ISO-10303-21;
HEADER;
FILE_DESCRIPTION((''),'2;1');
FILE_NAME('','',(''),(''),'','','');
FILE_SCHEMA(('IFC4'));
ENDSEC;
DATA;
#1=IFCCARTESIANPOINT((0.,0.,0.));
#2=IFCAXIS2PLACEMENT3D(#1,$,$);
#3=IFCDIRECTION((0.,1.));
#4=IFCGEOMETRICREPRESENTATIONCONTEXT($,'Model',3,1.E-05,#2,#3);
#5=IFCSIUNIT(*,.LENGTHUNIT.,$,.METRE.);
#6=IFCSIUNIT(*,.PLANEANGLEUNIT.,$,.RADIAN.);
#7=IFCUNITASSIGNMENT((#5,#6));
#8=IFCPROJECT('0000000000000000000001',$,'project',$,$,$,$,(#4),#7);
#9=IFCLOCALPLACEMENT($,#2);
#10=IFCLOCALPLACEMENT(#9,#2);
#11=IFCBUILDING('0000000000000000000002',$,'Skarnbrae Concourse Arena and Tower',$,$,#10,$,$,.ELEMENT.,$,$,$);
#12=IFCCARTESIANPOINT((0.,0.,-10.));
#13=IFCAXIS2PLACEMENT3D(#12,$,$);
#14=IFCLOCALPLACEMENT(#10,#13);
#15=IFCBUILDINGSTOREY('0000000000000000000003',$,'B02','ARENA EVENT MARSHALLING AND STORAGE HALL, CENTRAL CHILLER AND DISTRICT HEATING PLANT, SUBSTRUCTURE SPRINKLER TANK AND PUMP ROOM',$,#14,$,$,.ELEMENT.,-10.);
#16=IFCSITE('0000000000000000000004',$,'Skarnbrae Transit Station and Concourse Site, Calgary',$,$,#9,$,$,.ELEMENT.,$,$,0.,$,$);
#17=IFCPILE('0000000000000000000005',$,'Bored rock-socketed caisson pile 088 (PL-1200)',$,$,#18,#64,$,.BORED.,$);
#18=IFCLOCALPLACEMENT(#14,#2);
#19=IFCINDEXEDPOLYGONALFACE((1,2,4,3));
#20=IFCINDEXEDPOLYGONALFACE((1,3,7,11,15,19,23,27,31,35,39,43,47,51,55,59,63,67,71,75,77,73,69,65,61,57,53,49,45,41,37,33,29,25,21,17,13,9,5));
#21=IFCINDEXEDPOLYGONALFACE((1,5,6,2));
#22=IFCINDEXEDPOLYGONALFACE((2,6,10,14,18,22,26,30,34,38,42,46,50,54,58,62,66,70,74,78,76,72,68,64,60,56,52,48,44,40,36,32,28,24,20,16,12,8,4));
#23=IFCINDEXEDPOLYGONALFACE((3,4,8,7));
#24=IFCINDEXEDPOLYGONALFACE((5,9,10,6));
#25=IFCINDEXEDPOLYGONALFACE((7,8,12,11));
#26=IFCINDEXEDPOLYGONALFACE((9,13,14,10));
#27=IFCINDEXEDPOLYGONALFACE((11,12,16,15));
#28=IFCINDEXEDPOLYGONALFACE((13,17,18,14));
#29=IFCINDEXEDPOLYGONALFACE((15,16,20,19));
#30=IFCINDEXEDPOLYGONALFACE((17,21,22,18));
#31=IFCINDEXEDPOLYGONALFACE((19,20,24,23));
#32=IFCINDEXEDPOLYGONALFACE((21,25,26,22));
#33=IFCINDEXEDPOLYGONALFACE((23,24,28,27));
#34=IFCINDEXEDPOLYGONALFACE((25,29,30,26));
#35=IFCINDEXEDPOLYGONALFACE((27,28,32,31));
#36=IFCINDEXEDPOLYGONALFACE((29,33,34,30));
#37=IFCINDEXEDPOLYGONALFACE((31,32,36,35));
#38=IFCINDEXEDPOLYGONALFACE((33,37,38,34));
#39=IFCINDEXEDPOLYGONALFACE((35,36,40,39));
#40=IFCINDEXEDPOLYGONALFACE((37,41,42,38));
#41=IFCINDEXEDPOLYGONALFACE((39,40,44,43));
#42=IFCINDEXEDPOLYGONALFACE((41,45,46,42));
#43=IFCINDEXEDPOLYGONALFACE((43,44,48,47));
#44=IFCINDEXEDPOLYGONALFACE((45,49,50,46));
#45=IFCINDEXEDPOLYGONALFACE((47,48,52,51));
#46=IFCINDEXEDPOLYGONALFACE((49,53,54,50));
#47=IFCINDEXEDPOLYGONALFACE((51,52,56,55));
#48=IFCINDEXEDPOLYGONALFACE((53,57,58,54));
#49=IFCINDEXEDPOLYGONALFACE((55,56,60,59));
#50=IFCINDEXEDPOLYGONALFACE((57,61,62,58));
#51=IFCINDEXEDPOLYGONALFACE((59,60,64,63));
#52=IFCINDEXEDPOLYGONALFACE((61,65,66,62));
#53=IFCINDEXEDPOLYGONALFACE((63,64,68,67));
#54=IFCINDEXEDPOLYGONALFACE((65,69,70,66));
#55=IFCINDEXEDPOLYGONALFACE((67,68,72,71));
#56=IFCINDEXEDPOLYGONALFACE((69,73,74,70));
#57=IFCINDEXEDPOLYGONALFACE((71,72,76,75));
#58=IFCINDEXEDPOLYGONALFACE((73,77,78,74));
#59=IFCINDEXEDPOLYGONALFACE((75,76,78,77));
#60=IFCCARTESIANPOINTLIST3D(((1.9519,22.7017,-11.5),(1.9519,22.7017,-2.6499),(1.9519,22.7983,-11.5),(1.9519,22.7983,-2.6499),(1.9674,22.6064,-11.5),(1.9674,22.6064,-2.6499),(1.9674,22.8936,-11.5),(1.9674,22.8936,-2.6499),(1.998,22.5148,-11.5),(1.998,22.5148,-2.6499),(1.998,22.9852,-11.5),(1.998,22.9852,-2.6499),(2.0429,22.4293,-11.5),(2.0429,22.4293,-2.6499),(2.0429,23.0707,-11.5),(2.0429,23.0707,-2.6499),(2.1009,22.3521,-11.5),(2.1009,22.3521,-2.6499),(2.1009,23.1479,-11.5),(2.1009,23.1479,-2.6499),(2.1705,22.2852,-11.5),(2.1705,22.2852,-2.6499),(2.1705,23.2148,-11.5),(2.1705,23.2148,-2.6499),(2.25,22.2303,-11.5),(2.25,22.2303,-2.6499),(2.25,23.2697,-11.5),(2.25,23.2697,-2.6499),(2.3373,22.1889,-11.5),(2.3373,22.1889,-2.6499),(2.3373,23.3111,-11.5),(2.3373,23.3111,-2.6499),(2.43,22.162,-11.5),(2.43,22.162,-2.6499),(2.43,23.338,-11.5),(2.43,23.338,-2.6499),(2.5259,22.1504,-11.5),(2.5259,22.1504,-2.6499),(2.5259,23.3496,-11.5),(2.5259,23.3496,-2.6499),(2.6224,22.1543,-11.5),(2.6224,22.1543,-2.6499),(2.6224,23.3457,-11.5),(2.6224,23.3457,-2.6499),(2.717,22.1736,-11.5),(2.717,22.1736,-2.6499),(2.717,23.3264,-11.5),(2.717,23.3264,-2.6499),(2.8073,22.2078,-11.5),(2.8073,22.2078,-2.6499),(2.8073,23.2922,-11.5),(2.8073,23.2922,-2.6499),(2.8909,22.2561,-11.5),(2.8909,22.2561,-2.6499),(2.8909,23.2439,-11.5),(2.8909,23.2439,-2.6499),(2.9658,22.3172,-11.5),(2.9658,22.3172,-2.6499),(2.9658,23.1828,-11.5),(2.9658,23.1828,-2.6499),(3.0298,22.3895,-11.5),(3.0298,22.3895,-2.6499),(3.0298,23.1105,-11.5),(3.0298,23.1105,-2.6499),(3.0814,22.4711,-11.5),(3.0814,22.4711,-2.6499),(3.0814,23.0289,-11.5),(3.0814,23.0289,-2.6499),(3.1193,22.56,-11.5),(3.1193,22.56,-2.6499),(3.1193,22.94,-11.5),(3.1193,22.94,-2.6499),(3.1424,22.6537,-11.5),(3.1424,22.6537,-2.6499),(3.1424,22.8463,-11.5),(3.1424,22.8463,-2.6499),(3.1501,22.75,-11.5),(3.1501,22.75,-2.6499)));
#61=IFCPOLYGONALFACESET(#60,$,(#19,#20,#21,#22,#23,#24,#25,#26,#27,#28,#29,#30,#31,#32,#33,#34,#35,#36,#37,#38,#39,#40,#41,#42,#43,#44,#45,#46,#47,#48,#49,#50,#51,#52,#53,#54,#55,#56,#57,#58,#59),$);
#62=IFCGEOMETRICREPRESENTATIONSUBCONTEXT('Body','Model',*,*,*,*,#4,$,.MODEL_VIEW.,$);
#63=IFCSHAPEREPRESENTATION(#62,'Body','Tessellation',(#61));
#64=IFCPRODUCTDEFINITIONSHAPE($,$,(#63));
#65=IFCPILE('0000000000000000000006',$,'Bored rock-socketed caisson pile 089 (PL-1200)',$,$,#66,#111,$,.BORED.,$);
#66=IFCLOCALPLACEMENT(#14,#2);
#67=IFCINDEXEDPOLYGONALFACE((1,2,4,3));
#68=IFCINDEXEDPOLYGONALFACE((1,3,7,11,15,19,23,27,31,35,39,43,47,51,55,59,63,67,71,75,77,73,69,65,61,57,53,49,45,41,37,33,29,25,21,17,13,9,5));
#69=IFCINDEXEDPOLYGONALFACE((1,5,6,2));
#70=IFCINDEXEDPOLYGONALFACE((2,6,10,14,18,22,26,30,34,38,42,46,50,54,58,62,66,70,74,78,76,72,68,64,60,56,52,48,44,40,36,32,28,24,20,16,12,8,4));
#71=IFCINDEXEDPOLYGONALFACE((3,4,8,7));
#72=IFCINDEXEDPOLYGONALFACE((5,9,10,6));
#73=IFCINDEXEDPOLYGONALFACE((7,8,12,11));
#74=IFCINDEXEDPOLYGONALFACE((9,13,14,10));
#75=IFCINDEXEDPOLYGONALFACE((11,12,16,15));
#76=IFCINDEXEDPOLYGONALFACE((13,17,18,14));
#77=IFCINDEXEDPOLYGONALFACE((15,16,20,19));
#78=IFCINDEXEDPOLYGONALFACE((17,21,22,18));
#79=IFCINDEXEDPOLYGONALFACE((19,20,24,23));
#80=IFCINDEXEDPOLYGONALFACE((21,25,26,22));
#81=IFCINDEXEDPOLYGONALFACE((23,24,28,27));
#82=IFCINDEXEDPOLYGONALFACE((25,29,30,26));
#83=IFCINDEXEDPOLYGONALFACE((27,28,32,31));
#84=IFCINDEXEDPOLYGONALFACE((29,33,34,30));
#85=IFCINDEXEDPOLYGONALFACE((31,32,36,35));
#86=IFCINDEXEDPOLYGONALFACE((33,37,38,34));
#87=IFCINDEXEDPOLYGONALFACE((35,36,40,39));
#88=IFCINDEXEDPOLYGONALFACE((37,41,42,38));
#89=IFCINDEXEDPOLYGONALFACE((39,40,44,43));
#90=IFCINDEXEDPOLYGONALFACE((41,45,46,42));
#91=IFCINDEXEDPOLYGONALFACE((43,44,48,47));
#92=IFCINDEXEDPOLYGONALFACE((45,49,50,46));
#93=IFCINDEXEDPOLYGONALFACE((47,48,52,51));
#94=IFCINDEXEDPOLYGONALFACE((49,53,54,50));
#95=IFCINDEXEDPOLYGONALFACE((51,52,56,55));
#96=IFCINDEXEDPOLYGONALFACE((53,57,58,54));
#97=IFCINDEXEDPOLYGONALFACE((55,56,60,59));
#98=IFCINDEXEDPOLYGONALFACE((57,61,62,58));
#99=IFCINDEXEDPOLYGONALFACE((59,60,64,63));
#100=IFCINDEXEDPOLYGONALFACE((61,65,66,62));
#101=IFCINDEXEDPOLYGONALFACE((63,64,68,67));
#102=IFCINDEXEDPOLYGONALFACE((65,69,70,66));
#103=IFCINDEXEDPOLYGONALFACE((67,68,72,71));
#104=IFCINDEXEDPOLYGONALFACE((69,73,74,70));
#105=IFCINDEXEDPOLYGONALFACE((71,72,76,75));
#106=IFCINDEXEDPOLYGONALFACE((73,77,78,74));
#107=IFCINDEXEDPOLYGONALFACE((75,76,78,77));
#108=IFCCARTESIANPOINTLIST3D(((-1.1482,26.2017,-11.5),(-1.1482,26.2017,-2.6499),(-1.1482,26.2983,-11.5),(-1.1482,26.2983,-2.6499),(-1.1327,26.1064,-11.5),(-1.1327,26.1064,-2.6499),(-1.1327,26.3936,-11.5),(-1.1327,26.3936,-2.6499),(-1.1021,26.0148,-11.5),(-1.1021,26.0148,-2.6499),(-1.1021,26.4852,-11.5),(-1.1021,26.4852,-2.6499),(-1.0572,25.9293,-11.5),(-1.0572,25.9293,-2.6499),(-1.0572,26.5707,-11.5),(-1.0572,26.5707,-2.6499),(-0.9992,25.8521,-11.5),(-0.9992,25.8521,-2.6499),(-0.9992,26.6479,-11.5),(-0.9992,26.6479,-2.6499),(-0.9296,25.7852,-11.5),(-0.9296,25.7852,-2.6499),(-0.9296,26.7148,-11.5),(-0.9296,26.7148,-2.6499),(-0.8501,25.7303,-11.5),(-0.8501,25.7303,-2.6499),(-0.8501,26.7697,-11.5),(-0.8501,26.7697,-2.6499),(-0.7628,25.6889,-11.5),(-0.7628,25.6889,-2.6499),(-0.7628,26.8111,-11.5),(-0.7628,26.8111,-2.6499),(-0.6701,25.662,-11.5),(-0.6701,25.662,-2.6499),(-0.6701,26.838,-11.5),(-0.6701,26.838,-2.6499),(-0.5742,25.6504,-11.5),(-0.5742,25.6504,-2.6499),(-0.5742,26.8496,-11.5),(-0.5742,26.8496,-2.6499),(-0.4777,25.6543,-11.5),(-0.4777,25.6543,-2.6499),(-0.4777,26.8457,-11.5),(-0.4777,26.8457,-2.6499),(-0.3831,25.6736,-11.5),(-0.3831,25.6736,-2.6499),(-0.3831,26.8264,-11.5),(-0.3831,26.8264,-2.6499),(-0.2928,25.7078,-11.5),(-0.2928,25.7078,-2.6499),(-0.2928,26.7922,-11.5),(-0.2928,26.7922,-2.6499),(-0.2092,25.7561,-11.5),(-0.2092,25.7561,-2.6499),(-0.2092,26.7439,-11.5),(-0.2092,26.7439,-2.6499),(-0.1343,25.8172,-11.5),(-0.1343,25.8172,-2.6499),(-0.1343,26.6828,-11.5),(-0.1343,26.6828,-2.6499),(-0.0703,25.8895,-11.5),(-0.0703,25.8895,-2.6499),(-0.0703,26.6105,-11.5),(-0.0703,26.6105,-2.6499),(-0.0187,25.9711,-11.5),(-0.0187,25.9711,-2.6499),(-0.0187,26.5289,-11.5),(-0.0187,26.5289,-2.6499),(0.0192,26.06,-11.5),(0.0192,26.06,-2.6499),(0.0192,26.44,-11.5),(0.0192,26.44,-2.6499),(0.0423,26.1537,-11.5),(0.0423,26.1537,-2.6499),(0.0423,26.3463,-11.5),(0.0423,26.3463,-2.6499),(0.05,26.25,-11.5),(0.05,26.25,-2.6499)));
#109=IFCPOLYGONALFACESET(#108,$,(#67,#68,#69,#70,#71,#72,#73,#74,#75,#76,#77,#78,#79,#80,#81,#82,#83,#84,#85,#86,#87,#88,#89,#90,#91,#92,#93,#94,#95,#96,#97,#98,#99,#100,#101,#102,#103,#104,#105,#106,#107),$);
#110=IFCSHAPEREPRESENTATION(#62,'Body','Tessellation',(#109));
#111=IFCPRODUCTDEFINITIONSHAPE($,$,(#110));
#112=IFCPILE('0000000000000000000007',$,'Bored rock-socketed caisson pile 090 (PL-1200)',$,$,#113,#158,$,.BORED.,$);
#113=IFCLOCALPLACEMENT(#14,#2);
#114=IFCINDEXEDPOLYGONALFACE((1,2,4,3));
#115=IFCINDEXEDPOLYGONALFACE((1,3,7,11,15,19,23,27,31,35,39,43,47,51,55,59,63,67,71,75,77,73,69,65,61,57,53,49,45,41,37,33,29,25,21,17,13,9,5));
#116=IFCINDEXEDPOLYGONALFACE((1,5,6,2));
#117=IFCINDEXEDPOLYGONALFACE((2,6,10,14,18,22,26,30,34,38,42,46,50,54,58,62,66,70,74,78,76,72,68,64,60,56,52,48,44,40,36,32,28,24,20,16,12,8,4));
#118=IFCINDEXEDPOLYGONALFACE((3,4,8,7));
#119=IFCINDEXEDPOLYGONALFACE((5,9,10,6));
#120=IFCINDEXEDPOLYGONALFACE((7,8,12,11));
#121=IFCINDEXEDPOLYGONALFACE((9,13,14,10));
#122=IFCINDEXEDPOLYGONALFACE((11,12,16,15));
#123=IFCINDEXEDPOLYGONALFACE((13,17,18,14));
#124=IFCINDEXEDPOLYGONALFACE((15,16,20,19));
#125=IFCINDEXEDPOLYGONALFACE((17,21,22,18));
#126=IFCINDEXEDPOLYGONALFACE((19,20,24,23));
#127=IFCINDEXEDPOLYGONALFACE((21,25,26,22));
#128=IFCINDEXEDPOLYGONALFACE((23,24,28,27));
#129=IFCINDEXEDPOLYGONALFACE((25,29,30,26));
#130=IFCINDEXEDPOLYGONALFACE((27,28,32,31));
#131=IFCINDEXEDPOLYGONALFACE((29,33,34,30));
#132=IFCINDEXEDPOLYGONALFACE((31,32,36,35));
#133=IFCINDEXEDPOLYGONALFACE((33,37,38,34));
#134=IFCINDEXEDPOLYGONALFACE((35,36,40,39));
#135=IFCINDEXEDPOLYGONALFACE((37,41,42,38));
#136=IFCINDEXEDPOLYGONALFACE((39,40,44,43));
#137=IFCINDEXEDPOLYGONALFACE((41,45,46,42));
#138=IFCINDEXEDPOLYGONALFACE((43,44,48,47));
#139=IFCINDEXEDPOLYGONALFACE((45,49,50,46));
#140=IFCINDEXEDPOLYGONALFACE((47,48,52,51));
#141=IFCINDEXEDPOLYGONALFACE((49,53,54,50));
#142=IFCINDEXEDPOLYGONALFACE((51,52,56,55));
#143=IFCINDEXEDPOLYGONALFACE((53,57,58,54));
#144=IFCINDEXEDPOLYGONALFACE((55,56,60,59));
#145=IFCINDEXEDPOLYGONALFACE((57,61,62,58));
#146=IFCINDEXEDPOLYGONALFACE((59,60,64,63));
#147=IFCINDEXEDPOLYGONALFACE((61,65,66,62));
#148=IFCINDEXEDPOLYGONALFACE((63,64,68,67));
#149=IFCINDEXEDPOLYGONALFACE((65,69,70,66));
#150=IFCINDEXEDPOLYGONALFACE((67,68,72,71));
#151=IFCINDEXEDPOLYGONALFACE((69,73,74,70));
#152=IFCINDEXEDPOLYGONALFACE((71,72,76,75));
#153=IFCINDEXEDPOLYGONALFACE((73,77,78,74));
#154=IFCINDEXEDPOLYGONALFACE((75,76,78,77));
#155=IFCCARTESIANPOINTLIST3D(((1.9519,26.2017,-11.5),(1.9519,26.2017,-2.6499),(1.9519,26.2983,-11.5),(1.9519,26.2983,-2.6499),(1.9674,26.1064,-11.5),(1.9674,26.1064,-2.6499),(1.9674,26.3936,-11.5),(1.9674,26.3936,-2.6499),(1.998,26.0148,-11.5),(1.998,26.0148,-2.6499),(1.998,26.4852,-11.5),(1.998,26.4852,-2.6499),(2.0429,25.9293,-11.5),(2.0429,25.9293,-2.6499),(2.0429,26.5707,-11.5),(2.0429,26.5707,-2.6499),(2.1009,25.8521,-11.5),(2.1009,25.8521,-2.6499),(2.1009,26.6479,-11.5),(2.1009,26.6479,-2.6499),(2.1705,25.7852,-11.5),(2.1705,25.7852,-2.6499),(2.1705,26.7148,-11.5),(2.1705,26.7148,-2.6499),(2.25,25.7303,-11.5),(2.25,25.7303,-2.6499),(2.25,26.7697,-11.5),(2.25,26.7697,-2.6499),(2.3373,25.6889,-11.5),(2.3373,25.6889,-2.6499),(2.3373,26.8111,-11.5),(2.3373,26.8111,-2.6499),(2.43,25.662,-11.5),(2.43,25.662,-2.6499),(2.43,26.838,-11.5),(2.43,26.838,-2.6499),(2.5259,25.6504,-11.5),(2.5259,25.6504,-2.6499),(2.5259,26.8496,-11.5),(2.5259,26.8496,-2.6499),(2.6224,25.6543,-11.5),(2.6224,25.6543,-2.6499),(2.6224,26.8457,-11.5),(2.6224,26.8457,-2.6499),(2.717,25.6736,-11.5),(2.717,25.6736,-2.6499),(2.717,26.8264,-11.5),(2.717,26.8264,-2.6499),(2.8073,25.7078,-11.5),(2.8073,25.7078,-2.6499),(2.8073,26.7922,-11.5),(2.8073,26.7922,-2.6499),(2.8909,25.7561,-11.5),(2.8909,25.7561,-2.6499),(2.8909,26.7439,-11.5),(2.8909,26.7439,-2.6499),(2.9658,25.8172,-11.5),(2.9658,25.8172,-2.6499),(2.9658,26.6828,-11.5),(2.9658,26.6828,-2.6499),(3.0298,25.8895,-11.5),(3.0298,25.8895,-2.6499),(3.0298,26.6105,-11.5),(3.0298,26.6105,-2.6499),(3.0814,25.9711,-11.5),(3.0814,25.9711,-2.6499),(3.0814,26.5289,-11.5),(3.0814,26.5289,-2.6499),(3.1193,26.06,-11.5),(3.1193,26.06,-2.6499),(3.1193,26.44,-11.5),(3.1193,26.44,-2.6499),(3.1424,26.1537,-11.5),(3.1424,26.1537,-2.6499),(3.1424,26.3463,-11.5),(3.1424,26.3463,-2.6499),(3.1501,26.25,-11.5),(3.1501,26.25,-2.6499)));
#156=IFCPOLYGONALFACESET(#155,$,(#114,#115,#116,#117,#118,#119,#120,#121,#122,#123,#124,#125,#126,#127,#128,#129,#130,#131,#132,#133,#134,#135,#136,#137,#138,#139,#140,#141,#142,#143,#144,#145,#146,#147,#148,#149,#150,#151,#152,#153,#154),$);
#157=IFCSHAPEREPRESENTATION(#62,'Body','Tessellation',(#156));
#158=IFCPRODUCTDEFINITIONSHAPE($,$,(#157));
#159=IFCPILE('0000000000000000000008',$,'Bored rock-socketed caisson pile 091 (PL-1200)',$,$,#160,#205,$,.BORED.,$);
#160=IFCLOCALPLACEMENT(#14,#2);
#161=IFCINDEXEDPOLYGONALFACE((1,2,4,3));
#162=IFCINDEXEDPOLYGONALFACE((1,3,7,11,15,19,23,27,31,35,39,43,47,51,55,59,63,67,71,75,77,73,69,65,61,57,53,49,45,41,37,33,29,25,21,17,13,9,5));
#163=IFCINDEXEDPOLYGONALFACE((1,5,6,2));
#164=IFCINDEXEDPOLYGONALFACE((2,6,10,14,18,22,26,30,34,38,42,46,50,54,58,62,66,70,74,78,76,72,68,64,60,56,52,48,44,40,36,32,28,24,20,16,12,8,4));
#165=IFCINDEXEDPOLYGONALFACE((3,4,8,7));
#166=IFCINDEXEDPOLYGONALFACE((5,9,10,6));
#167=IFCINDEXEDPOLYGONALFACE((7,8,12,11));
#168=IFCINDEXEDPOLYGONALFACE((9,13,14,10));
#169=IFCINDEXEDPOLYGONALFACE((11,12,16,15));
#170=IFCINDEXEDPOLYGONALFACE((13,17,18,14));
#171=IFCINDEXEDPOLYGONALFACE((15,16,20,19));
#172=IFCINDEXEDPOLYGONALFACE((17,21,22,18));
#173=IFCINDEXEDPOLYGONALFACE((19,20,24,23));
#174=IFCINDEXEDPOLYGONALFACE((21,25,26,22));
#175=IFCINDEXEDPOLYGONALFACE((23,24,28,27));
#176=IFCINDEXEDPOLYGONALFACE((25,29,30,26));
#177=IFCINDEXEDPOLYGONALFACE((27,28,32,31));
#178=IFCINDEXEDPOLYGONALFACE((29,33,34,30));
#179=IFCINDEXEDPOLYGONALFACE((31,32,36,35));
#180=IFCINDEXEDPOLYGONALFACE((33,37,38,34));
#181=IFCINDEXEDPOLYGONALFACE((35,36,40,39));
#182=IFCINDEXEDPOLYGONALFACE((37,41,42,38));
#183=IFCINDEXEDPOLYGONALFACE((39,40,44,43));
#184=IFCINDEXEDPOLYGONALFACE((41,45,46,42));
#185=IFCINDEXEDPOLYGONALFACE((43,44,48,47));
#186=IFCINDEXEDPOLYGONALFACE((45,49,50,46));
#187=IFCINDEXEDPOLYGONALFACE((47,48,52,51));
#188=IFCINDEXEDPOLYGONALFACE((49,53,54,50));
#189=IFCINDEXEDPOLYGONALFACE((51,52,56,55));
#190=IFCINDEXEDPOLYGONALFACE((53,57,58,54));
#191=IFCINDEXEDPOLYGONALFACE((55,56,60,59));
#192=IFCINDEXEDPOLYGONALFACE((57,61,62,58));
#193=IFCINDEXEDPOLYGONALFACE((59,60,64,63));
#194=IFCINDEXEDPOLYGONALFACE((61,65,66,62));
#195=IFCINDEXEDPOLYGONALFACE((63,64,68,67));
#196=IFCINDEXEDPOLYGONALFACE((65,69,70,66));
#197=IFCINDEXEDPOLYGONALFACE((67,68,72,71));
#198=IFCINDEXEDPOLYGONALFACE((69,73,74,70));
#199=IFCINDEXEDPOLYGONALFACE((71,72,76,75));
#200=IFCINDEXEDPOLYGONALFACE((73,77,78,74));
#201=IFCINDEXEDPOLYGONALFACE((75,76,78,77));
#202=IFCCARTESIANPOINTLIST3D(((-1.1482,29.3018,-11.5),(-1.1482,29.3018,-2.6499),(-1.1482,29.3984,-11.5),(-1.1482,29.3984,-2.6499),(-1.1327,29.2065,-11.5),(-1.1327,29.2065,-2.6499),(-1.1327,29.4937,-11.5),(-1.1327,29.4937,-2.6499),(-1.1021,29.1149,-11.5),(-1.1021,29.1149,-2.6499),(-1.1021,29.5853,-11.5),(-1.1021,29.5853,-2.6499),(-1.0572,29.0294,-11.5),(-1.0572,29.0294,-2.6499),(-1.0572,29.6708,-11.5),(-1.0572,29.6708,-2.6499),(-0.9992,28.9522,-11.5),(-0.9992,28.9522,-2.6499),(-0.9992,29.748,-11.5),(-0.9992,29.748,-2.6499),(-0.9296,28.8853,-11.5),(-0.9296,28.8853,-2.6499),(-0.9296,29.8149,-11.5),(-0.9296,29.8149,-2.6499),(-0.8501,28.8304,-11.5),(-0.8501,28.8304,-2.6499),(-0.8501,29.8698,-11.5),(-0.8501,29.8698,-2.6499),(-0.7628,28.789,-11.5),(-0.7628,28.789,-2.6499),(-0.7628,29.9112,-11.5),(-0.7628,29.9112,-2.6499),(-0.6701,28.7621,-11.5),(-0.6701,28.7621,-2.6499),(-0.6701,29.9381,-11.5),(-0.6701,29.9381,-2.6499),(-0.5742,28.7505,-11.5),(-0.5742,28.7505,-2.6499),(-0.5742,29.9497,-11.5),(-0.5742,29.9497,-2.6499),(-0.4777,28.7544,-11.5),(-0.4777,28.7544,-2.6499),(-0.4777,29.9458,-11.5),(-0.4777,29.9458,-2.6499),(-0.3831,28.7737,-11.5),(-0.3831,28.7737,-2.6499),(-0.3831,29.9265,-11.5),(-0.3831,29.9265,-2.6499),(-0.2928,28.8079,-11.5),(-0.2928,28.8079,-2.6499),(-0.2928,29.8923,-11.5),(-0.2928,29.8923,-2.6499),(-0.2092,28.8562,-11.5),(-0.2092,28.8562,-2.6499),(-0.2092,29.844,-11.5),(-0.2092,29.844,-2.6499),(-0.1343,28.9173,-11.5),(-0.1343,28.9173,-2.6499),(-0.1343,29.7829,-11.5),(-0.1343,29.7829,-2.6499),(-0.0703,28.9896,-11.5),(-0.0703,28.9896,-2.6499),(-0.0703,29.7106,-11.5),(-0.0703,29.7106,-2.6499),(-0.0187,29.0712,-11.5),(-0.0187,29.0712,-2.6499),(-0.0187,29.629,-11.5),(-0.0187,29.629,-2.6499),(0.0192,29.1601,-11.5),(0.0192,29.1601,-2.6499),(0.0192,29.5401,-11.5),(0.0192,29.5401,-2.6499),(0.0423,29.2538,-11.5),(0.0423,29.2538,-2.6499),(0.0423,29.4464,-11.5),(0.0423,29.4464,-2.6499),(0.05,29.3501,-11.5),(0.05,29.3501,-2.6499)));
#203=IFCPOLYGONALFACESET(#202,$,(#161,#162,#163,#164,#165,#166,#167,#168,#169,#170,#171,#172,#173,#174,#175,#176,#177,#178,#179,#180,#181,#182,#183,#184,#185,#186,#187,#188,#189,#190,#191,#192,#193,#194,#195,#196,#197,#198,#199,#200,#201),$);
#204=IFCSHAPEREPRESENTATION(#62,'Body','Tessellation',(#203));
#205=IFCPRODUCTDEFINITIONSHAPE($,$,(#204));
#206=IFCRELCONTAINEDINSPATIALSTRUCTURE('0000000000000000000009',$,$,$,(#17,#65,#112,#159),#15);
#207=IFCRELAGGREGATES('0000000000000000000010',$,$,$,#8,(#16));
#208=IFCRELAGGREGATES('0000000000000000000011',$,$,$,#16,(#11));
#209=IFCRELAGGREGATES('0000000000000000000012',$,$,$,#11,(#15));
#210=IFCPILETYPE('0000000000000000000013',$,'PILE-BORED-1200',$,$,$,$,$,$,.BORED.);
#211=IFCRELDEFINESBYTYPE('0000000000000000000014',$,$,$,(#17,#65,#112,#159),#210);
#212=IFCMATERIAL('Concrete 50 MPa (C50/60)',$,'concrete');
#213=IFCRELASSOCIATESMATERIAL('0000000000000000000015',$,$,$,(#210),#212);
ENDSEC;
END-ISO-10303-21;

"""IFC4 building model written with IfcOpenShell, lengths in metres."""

from ifc_helpers import new_model, si_unit, direction, frame, origin, origin_2d, place, context, subcontext, project, spatial, circle, extrude, source, transform, mapped, material, material_profile, profile_set, type_object, element, save


model = new_model("IFC4")

# Units and contexts
model_context = context("Model", 3, precision=1e-05, world=origin(), true_north=direction((0.0, 1.0)))
body_context = subcontext(model_context, "Body", "Model", "MODEL_VIEW")
ifc_project = project(units=[si_unit("LENGTHUNIT", "METRE"), si_unit("PLANEANGLEUNIT", "RADIAN")], contexts=[model_context])

# Site, building, storey
site_placement = place(None, origin())
site = spatial("IfcSite", under=ifc_project, at=site_placement, Name="Skarnbrae Transit Station and Concourse Site, Calgary", CompositionType="ELEMENT", RefElevation=0.0)
building_placement = place(site_placement, origin())
building = spatial("IfcBuilding", under=site, at=building_placement, Name="Skarnbrae Concourse Arena and Tower", CompositionType="ELEMENT")
storey_placement = place(building_placement, frame((0.0, 0.0, -10.0)))
storey = spatial("IfcBuildingStorey", under=building, at=storey_placement, Name="B02", Description="ARENA EVENT MARSHALLING AND STORAGE HALL, CENTRAL CHILLER AND DISTRICT HEATING PLANT, SUBSTRUCTURE SPRINKLER TANK AND PUMP ROOM", CompositionType="ELEMENT", Elevation=-10.0)

# Shared definitions
ifc_material_1 = material(Name="Concrete 50 MPa (C50/60)", Category="concrete")

# Piles
ifc_material_profile_1 = material_profile(ifc_material_1, circle(Radius=0.6001, at=origin_2d()), Name="CAISSON-1200")
ifc_profile_set_1 = profile_set([ifc_material_profile_1], Name="Concrete 50 MPa (C50/60)")
pile_type = type_object("IfcPileType", Name="PILE-BORED-1200", PredefinedType="BORED", material=ifc_profile_set_1)
shared_shape_1 = source(origin(), body_context, "Body", "SweptSolid", [
    extrude(circle(Radius=0.6001, at=origin_2d()), origin(), (0.0, 0.0, 1.0), 8.8501),
])
for number, where, z_axis, x_axis, name in (
    (1, (2.55, 22.75, -2.6499), (0.0, 0.0, -1.0), (1.0, 0.0, 0.0), "Bored rock-socketed caisson pile 088 (PL-1200)"),
    (2, (-0.55, 26.25, -2.6499), (0.0, 0.0, -1.0), (1.0, 0.0, 0.0), "Bored rock-socketed caisson pile 089 (PL-1200)"),
    (3, (2.55, 26.25, -2.6499), (0.0, 0.0, -1.0), (1.0, 0.0, 0.0), "Bored rock-socketed caisson pile 090 (PL-1200)"),
    (4, (-0.55, 29.3501, -2.6499), (0.0, 0.0, -1.0), (1.0, 0.0, 0.0), "Bored rock-socketed caisson pile 091 (PL-1200)"),
):
    element("IfcPile", number, at=place(storey_placement, frame(where, z_axis=z_axis, x_axis=x_axis)), inside=storey, type_object=pile_type, Name=name, PredefinedType="BORED", context=body_context, shape_type="MappedRepresentation", body=[
        mapped(shared_shape_1, transform((0.0, 0.0, 0.0))),
    ])

save(model, "model.ifc")
